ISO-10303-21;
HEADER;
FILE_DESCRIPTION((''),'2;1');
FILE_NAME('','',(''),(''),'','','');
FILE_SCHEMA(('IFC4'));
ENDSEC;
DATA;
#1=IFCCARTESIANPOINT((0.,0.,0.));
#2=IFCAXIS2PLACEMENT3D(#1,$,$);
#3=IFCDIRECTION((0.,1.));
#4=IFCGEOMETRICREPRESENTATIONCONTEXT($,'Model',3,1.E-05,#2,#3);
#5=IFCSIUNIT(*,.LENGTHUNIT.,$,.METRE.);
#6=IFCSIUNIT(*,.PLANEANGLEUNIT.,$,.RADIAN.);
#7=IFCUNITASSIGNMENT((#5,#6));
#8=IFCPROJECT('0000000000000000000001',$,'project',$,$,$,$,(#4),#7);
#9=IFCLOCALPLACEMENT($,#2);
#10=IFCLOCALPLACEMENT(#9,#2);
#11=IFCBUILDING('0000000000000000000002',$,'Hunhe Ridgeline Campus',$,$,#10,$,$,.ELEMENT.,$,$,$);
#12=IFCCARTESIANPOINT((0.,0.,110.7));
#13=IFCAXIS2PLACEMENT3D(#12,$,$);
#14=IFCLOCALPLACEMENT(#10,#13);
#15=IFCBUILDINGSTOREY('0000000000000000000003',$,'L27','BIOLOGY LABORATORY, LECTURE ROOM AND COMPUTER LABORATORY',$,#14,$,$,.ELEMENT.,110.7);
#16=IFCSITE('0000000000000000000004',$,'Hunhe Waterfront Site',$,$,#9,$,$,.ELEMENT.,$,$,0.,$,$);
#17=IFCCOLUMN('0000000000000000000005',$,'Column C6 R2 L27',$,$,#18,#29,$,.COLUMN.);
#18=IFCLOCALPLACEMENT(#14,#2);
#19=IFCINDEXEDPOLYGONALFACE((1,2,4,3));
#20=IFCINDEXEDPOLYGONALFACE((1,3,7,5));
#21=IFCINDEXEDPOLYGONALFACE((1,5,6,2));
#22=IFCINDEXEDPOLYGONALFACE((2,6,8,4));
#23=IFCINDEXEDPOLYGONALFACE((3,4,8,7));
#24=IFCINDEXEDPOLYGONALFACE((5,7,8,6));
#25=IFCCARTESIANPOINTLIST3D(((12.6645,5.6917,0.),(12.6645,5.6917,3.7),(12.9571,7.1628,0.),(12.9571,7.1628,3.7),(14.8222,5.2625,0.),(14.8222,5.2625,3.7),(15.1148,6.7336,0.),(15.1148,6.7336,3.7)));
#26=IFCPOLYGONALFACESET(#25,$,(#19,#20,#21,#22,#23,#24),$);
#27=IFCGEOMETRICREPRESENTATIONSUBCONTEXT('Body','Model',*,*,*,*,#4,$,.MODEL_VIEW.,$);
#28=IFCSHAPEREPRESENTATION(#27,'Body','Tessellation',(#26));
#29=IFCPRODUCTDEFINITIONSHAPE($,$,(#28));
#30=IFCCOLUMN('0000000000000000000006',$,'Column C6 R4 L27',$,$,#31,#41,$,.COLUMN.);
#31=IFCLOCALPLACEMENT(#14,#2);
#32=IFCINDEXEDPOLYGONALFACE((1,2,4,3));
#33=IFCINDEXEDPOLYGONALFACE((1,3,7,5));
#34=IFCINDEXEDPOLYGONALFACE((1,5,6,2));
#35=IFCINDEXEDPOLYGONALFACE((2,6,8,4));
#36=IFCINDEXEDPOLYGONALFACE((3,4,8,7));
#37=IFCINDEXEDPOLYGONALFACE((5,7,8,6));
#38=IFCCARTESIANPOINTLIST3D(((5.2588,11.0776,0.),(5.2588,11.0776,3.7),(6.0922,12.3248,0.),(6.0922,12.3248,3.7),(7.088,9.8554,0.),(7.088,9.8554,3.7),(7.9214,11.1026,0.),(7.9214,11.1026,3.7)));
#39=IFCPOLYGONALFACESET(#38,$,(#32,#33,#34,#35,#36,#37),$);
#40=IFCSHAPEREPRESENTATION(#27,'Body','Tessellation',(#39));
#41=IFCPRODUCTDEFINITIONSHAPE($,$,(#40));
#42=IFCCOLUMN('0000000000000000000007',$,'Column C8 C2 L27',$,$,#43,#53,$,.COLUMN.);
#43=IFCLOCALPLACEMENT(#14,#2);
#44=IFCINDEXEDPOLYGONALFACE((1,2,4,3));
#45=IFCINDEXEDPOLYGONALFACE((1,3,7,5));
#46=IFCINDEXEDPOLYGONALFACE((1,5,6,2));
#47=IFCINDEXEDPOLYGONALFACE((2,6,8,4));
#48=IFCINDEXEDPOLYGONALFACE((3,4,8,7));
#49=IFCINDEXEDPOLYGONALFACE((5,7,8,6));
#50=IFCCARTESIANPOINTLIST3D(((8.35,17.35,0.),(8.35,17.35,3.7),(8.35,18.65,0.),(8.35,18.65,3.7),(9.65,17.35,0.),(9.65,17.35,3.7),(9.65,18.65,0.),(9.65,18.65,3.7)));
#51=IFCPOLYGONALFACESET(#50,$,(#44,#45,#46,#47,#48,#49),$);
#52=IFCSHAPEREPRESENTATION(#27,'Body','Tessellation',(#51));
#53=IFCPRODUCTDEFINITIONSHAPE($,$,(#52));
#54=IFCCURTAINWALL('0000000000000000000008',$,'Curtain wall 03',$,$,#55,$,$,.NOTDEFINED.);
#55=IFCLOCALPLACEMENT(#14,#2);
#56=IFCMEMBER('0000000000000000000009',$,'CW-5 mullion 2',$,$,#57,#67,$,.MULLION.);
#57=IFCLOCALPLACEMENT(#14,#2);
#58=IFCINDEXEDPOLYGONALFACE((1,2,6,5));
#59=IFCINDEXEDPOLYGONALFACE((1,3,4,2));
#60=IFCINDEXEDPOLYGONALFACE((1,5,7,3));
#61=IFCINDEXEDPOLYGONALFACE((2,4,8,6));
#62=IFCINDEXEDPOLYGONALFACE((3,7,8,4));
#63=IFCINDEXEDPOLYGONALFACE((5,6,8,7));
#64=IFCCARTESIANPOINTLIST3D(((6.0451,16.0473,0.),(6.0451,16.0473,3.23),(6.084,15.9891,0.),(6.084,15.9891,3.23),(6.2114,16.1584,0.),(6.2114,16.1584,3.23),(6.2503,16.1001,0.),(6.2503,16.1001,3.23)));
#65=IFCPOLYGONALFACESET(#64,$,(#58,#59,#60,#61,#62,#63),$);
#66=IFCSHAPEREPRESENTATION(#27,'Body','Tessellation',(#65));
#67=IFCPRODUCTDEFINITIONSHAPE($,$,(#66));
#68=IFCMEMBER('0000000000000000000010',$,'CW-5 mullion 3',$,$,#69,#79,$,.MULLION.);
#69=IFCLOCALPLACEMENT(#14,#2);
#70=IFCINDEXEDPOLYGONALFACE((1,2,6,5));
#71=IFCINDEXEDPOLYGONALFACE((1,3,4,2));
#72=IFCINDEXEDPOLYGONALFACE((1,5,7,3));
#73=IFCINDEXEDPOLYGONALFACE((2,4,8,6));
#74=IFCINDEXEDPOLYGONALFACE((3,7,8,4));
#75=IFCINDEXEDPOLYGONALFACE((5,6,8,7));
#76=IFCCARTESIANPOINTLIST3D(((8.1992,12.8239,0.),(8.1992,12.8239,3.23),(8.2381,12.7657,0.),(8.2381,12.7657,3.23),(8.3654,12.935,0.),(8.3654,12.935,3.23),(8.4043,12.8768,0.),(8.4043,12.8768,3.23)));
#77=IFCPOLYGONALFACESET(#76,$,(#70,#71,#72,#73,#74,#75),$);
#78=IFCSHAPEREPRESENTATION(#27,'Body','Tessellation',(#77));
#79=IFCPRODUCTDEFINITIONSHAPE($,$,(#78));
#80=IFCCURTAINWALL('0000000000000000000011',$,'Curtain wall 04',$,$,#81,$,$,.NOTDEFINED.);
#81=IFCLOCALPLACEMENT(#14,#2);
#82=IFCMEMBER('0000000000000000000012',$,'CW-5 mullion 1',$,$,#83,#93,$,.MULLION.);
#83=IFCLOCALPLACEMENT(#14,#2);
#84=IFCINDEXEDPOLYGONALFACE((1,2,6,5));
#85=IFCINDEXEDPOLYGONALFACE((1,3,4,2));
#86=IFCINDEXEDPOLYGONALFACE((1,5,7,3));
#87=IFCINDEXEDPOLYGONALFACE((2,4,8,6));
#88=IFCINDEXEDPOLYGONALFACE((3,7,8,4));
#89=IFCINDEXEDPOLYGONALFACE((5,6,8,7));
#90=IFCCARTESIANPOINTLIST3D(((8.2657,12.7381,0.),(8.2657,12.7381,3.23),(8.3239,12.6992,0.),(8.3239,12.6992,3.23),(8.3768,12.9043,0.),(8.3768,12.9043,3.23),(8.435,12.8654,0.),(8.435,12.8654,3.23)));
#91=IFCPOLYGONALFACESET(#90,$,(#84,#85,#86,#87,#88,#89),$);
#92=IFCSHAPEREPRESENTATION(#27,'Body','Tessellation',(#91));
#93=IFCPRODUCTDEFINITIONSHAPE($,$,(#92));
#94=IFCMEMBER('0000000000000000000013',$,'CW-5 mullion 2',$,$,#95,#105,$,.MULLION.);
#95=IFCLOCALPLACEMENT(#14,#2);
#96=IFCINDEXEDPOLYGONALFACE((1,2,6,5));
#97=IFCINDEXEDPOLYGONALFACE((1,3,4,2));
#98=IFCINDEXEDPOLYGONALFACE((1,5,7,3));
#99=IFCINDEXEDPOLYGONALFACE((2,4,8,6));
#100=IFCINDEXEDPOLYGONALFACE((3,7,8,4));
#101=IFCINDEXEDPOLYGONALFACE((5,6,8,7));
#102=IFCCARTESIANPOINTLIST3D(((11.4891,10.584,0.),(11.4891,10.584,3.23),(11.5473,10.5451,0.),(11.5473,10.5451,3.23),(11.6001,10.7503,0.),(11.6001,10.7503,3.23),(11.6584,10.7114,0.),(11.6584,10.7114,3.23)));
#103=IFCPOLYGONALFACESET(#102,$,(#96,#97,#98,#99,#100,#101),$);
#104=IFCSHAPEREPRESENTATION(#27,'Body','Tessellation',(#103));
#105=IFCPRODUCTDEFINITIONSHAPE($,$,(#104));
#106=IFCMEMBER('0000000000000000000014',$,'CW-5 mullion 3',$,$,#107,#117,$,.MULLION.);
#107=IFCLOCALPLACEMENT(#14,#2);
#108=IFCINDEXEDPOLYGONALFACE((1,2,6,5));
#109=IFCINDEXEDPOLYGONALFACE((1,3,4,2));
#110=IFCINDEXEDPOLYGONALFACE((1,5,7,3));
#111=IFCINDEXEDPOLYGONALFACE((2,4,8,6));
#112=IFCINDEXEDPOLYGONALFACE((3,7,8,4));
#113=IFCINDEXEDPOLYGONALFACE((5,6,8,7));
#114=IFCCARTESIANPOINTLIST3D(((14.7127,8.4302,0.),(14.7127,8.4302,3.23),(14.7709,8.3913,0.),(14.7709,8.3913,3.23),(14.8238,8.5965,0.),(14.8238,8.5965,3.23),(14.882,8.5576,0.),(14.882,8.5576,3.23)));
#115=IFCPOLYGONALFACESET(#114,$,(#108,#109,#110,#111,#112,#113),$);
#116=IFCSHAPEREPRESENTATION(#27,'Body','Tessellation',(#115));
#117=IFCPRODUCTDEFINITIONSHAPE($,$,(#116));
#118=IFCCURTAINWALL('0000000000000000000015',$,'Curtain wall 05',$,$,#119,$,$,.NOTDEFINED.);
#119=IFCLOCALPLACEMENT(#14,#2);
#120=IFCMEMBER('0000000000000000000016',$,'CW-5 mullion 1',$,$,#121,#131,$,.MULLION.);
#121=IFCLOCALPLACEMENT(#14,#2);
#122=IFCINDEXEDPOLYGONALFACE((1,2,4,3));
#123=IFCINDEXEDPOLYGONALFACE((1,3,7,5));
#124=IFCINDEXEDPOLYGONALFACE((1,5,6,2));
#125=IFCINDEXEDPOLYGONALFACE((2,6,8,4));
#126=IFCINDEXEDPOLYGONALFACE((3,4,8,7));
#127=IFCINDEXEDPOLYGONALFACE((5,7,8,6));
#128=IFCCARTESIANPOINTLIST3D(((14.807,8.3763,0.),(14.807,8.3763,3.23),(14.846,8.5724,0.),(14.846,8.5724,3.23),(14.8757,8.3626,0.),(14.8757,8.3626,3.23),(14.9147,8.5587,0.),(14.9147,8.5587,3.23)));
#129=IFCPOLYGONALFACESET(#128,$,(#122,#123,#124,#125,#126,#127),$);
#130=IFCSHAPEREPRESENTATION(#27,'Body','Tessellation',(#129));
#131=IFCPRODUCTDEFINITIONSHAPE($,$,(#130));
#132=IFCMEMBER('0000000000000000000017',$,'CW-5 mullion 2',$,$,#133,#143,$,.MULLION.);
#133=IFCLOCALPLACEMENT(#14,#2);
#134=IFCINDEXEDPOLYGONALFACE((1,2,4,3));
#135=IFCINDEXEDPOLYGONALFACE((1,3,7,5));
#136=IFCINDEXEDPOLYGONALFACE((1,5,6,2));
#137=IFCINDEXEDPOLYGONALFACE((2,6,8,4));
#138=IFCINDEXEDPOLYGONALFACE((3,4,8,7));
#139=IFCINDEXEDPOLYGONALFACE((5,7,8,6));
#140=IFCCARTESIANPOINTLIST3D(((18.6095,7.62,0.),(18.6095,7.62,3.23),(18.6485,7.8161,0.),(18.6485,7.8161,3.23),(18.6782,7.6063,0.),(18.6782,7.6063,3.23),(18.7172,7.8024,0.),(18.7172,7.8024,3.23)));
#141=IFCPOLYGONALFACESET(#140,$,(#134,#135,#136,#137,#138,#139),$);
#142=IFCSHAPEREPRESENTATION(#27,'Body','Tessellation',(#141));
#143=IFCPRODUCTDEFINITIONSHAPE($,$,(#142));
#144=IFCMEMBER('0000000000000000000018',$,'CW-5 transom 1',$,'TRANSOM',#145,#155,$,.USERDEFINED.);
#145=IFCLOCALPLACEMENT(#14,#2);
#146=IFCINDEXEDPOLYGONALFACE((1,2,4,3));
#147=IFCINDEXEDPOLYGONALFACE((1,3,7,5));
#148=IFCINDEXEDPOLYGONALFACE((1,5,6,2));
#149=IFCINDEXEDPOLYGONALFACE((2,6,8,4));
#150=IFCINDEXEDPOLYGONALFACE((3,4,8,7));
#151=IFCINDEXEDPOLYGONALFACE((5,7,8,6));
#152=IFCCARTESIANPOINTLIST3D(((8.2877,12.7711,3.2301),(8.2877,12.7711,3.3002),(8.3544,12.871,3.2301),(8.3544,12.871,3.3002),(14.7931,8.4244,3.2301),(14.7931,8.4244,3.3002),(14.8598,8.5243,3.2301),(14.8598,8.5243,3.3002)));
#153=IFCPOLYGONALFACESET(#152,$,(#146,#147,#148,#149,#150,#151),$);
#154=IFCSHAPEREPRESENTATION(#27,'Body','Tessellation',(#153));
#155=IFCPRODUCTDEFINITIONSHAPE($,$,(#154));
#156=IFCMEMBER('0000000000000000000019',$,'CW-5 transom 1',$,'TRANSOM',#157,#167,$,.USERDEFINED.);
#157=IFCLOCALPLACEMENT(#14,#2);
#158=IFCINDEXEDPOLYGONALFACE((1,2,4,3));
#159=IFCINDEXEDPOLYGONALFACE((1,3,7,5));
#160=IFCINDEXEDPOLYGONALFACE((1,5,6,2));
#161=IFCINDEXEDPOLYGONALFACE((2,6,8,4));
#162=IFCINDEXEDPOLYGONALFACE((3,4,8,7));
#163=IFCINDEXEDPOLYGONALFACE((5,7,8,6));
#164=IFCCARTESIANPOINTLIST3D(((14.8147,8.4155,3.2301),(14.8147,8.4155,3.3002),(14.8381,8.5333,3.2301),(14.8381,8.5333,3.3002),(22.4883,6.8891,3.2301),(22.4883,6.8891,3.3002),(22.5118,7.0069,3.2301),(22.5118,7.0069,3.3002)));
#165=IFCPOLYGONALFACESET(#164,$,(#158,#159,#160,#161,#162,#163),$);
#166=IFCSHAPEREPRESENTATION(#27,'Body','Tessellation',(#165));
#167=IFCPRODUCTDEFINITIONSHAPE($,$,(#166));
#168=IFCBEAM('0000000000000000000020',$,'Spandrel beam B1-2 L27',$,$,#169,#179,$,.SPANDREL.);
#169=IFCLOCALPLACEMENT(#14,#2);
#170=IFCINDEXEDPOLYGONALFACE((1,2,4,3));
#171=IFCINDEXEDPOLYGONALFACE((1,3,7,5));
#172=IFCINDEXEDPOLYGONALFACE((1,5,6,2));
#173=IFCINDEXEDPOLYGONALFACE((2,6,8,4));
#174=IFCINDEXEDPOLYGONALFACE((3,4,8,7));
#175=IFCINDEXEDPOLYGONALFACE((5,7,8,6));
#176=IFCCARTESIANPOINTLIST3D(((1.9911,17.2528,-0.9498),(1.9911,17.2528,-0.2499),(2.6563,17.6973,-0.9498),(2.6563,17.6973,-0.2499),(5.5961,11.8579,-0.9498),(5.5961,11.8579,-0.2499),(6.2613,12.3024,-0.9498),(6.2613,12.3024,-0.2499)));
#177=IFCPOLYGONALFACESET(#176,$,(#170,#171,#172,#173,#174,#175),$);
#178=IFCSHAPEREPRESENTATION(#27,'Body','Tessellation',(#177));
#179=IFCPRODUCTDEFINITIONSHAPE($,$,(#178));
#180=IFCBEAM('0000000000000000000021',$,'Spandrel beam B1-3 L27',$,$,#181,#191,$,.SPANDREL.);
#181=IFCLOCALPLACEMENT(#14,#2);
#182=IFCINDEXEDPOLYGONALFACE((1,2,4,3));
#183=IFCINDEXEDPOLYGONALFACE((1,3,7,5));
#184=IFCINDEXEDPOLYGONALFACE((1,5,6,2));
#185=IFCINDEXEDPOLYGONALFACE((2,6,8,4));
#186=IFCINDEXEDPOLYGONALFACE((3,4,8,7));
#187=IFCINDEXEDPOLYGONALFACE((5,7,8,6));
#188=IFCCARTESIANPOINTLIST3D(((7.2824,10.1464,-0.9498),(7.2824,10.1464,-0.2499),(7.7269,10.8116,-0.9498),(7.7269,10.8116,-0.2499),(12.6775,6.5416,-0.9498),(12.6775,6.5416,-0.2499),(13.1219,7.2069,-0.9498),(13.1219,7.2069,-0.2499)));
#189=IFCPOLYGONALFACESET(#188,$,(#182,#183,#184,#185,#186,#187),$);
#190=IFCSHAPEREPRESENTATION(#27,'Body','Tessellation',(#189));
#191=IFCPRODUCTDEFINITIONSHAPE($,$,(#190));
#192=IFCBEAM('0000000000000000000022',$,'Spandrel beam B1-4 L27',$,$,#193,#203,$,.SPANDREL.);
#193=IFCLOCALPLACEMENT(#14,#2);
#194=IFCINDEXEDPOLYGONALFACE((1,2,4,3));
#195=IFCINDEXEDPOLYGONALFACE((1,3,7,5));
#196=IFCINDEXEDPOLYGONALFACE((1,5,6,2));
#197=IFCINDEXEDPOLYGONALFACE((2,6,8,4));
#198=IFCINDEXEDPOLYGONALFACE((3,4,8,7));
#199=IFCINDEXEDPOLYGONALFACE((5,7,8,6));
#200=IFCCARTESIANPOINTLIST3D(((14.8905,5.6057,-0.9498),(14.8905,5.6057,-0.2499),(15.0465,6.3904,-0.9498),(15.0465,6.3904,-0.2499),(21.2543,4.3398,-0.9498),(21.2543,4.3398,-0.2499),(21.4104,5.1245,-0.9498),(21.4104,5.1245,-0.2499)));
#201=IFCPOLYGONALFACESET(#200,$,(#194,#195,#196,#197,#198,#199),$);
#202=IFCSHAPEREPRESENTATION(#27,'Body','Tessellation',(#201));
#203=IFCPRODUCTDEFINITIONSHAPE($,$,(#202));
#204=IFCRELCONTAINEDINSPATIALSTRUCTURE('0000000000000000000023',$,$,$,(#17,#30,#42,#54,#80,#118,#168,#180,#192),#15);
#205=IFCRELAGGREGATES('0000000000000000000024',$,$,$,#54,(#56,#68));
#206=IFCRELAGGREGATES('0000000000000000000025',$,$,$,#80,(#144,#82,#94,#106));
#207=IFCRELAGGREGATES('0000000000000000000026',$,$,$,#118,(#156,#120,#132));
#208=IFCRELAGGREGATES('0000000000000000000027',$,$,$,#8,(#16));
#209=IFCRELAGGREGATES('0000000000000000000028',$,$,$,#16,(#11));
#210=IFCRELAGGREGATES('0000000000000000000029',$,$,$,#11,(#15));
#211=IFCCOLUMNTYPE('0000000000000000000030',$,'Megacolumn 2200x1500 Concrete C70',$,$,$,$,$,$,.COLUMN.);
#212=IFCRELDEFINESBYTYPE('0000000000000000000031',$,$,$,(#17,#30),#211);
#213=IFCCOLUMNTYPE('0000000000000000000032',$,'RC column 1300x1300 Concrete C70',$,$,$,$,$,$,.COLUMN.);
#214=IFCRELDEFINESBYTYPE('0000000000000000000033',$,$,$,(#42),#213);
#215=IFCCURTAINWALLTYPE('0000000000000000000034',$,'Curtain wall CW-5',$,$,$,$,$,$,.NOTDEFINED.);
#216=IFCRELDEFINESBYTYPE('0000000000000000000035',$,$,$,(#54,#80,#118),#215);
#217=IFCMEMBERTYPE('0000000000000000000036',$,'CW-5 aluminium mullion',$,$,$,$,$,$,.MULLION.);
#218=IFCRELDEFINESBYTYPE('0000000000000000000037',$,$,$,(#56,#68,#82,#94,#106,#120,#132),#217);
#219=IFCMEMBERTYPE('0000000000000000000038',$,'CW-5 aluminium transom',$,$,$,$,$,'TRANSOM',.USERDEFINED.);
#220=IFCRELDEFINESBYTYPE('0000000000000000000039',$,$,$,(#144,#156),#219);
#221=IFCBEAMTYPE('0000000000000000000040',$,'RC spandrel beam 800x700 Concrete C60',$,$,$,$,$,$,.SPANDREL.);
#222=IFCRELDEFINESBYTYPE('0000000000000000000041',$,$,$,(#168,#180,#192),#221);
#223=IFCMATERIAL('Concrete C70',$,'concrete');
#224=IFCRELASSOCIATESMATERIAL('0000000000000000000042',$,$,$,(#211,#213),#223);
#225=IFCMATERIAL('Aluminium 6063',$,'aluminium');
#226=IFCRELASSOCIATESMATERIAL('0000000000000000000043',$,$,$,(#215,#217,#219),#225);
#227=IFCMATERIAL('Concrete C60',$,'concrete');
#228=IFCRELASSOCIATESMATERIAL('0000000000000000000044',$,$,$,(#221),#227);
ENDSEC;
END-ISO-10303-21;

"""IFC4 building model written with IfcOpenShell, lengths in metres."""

from ifc_helpers import new_model, si_unit, direction, frame, origin, origin_2d, place, context, subcontext, project, spatial, rectangle, extrude, material, material_profile, profile_set, type_object, element, aggregate, save


model = new_model("IFC4")

# Units and contexts
model_context = context("Model", 3, precision=1e-05, world=origin(), true_north=direction((0.0, 1.0)))
body_context = subcontext(model_context, "Body", "Model", "MODEL_VIEW")
ifc_project = project(units=[si_unit("LENGTHUNIT", "METRE"), si_unit("PLANEANGLEUNIT", "RADIAN")], contexts=[model_context])

# Site, building, storey
site_placement = place(None, origin())
site = spatial("IfcSite", under=ifc_project, at=site_placement, Name="Hunhe Waterfront Site", CompositionType="ELEMENT", RefElevation=0.0)
building_placement = place(site_placement, origin())
building = spatial("IfcBuilding", under=site, at=building_placement, Name="Hunhe Ridgeline Campus", CompositionType="ELEMENT")
storey_placement = place(building_placement, frame((0.0, 0.0, 110.7)))
storey = spatial("IfcBuildingStorey", under=building, at=storey_placement, Name="L27", Description="BIOLOGY LABORATORY, LECTURE ROOM AND COMPUTER LABORATORY", CompositionType="ELEMENT", Elevation=110.7)

# Columns
ifc_material_1 = material(Name="Concrete C70", Category="concrete")
ifc_material_profile_1 = material_profile(ifc_material_1, rectangle(XDim=2.2, YDim=1.5, at=origin_2d()))
ifc_profile_set_1 = profile_set([ifc_material_profile_1], Name="Concrete C70")
column_type_1 = type_object("IfcColumnType", Name="Megacolumn 2200x1500 Concrete C70", PredefinedType="COLUMN", material=ifc_profile_set_1)
for number, where, z_axis, x_axis, name in (
    (1, (13.8896, 6.2126, 0.0), (0.0, 0.0, 1.0), (-0.980785, 0.19509, 0.0), "Column C6 R2 L27"),
    (2, (6.5901, 11.0901, 0.0), (0.0, 0.0, 1.0), (-0.83147, 0.55557, 0.0), "Column C6 R4 L27"),
):
    element("IfcColumn", number, at=place(storey_placement, frame(where, z_axis=z_axis, x_axis=x_axis)), inside=storey, type_object=column_type_1, Name=name, PredefinedType="COLUMN", context=body_context, shape_type="SweptSolid", body=[
        extrude(rectangle(XDim=2.2, YDim=1.5, at=origin_2d()), origin(), (0.0, 0.0, 1.0), 3.7),
    ])
ifc_material_profile_2 = material_profile(ifc_material_1, rectangle(XDim=1.3, YDim=1.3, at=origin_2d()))
ifc_profile_set_2 = profile_set([ifc_material_profile_2], Name="Concrete C70")
column_type_2 = type_object("IfcColumnType", Name="RC column 1300x1300 Concrete C70", PredefinedType="COLUMN", material=ifc_profile_set_2)
column_placement = place(storey_placement, frame((9.0, 18.0, 0.0), z_axis=(0.0, 0.0, 1.0), x_axis=(1.0, 0.0, 0.0)))
element("IfcColumn", 3, at=column_placement, inside=storey, type_object=column_type_2, Name="Column C8 C2 L27", PredefinedType="COLUMN", context=body_context, shape_type="SweptSolid", body=[
    extrude(rectangle(XDim=1.3, YDim=1.3, at=origin_2d()), origin(), (0.0, 0.0, 1.0), 3.7),
])

# Curtain walls, members
ifc_material_2 = material(Name="Aluminium 6063", Category="aluminium")
curtain_wall_type = type_object("IfcCurtainWallType", Name="Curtain wall CW-5", PredefinedType="NOTDEFINED", material=ifc_material_2)
curtain_wall_1_placement = place(storey_placement, origin())
curtain_wall_1 = element("IfcCurtainWall", 4, at=curtain_wall_1_placement, inside=storey, type_object=curtain_wall_type, Name="Curtain wall 03", PredefinedType="NOTDEFINED")
ifc_material_profile_3 = material_profile(ifc_material_2, rectangle(XDim=0.2, YDim=0.0701, at=origin_2d()))
ifc_profile_set_3 = profile_set([ifc_material_profile_3], Name="Aluminium 6063")
member_type_1 = type_object("IfcMemberType", Name="CW-5 aluminium mullion", PredefinedType="MULLION", material=ifc_profile_set_3)
member_1_placement = place(storey_placement, frame((6.1477, 16.0737, 0.0), z_axis=(0.0, 0.0, 1.0), x_axis=(0.83147, 0.55557, 0.0)))
member_1 = element("IfcMember", 5, at=member_1_placement, type_object=member_type_1, Name="CW-5 mullion 2", PredefinedType="MULLION", context=body_context, shape_type="SweptSolid", body=[
    extrude(rectangle(XDim=0.2, YDim=0.0701, at=origin_2d()), origin(), (0.0, 0.0, 1.0), 3.23),
])
member_2_placement = place(storey_placement, frame((8.3018, 12.8503, 0.0), z_axis=(0.0, 0.0, 1.0), x_axis=(0.83147, 0.55557, 0.0)))
member_2 = element("IfcMember", 6, at=member_2_placement, type_object=member_type_1, Name="CW-5 mullion 3", PredefinedType="MULLION", context=body_context, shape_type="SweptSolid", body=[
    extrude(rectangle(XDim=0.2, YDim=0.0701, at=origin_2d()), origin(), (0.0, 0.0, 1.0), 3.23),
])
curtain_wall_2_placement = place(storey_placement, origin())
curtain_wall_2 = element("IfcCurtainWall", 7, at=curtain_wall_2_placement, inside=storey, type_object=curtain_wall_type, Name="Curtain wall 04", PredefinedType="NOTDEFINED")
member_3_placement = place(storey_placement, frame((8.3503, 12.8018, 0.0), z_axis=(0.0, 0.0, 1.0), x_axis=(0.55557, 0.83147, 0.0)))
member_3 = element("IfcMember", 8, at=member_3_placement, type_object=member_type_1, Name="CW-5 mullion 1", PredefinedType="MULLION", context=body_context, shape_type="SweptSolid", body=[
    extrude(rectangle(XDim=0.2, YDim=0.0701, at=origin_2d()), origin(), (0.0, 0.0, 1.0), 3.23),
])
member_4_placement = place(storey_placement, frame((11.5737, 10.6477, 0.0), z_axis=(0.0, 0.0, 1.0), x_axis=(0.55557, 0.83147, 0.0)))
member_4 = element("IfcMember", 9, at=member_4_placement, type_object=member_type_1, Name="CW-5 mullion 2", PredefinedType="MULLION", context=body_context, shape_type="SweptSolid", body=[
    extrude(rectangle(XDim=0.2, YDim=0.0701, at=origin_2d()), origin(), (0.0, 0.0, 1.0), 3.23),
])
member_5_placement = place(storey_placement, frame((14.7974, 8.4939, 0.0), z_axis=(0.0, 0.0, 1.0), x_axis=(0.55557, 0.83147, 0.0)))
member_5 = element("IfcMember", 10, at=member_5_placement, type_object=member_type_1, Name="CW-5 mullion 3", PredefinedType="MULLION", context=body_context, shape_type="SweptSolid", body=[
    extrude(rectangle(XDim=0.2, YDim=0.0701, at=origin_2d()), origin(), (0.0, 0.0, 1.0), 3.23),
])
curtain_wall_3_placement = place(storey_placement, origin())
curtain_wall_3 = element("IfcCurtainWall", 11, at=curtain_wall_3_placement, inside=storey, type_object=curtain_wall_type, Name="Curtain wall 05", PredefinedType="NOTDEFINED")
member_6_placement = place(storey_placement, frame((14.8608, 8.4675, 0.0), z_axis=(0.0, 0.0, 1.0), x_axis=(0.19509, 0.980785, 0.0)))
member_6 = element("IfcMember", 12, at=member_6_placement, type_object=member_type_1, Name="CW-5 mullion 1", PredefinedType="MULLION", context=body_context, shape_type="SweptSolid", body=[
    extrude(rectangle(XDim=0.2, YDim=0.0701, at=origin_2d()), origin(), (0.0, 0.0, 1.0), 3.23),
])
member_7_placement = place(storey_placement, frame((18.6633, 7.7112, 0.0), z_axis=(0.0, 0.0, 1.0), x_axis=(0.19509, 0.980785, 0.0)))
member_7 = element("IfcMember", 13, at=member_7_placement, type_object=member_type_1, Name="CW-5 mullion 2", PredefinedType="MULLION", context=body_context, shape_type="SweptSolid", body=[
    extrude(rectangle(XDim=0.2, YDim=0.0701, at=origin_2d()), origin(), (0.0, 0.0, 1.0), 3.23),
])

# Members
ifc_material_profile_4 = material_profile(ifc_material_2, rectangle(XDim=0.1201, YDim=0.0701, at=origin_2d()))
ifc_profile_set_4 = profile_set([ifc_material_profile_4], Name="Aluminium 6063")
member_type_2 = type_object("IfcMemberType", Name="CW-5 aluminium transom", ElementType="TRANSOM", PredefinedType="USERDEFINED", material=ifc_profile_set_4)
member_8_placement = place(storey_placement, frame((8.321, 12.821, 3.2651), z_axis=(0.831474, -0.555564, 0.0), x_axis=(0.555564, 0.831474, 0.0)))
member_8 = element("IfcMember", 14, at=member_8_placement, type_object=member_type_2, Name="CW-5 transom 1", ObjectType="TRANSOM", PredefinedType="USERDEFINED", context=body_context, shape_type="SweptSolid", body=[
    extrude(rectangle(XDim=0.1201, YDim=0.0701, at=origin_2d()), origin(), (0.0, 0.0, 1.0), 7.824),
])
member_9_placement = place(storey_placement, frame((14.8264, 8.4744, 3.2651), z_axis=(0.980785, -0.19509, 0.0), x_axis=(0.19509, 0.980785, 0.0)))
member_9 = element("IfcMember", 15, at=member_9_placement, type_object=member_type_2, Name="CW-5 transom 1", ObjectType="TRANSOM", PredefinedType="USERDEFINED", context=body_context, shape_type="SweptSolid", body=[
    extrude(rectangle(XDim=0.1201, YDim=0.0701, at=origin_2d()), origin(), (0.0, 0.0, 1.0), 7.824),
])

# Beams
ifc_material_3 = material(Name="Concrete C60", Category="concrete")
ifc_material_profile_5 = material_profile(ifc_material_3, rectangle(XDim=0.8, YDim=0.7, at=origin_2d()))
ifc_profile_set_5 = profile_set([ifc_material_profile_5], Name="Concrete C60")
beam_type = type_object("IfcBeamType", Name="RC spandrel beam 800x700 Concrete C60", PredefinedType="SPANDREL", material=ifc_profile_set_5)
for number, where, z_axis, x_axis, name in (
    (16, (2.3237, 17.4751, -0.5999), (0.555586, -0.831459, 0.0), (0.831459, 0.555586, 0.0), "Spandrel beam B1-2 L27"),
    (17, (7.5046, 10.479, -0.5999), (0.831477, -0.55556, 0.0), (0.55556, 0.831477, 0.0), "Spandrel beam B1-3 L27"),
    (18, (14.9685, 5.998, -0.5999), (0.980784, -0.195096, 0.0), (0.195096, 0.980784, 0.0), "Spandrel beam B1-4 L27"),
):
    element("IfcBeam", number, at=place(storey_placement, frame(where, z_axis=z_axis, x_axis=x_axis)), inside=storey, type_object=beam_type, Name=name, PredefinedType="SPANDREL", context=body_context, shape_type="SweptSolid", body=[
        extrude(rectangle(XDim=0.8, YDim=0.7, at=origin_2d()), origin(), (0.0, 0.0, 1.0), 6.4885),
    ])

aggregate(curtain_wall_1, [member_1, member_2])
aggregate(curtain_wall_2, [member_8, member_3, member_4, member_5])
aggregate(curtain_wall_3, [member_9, member_6, member_7])

save(model, "model.ifc")
